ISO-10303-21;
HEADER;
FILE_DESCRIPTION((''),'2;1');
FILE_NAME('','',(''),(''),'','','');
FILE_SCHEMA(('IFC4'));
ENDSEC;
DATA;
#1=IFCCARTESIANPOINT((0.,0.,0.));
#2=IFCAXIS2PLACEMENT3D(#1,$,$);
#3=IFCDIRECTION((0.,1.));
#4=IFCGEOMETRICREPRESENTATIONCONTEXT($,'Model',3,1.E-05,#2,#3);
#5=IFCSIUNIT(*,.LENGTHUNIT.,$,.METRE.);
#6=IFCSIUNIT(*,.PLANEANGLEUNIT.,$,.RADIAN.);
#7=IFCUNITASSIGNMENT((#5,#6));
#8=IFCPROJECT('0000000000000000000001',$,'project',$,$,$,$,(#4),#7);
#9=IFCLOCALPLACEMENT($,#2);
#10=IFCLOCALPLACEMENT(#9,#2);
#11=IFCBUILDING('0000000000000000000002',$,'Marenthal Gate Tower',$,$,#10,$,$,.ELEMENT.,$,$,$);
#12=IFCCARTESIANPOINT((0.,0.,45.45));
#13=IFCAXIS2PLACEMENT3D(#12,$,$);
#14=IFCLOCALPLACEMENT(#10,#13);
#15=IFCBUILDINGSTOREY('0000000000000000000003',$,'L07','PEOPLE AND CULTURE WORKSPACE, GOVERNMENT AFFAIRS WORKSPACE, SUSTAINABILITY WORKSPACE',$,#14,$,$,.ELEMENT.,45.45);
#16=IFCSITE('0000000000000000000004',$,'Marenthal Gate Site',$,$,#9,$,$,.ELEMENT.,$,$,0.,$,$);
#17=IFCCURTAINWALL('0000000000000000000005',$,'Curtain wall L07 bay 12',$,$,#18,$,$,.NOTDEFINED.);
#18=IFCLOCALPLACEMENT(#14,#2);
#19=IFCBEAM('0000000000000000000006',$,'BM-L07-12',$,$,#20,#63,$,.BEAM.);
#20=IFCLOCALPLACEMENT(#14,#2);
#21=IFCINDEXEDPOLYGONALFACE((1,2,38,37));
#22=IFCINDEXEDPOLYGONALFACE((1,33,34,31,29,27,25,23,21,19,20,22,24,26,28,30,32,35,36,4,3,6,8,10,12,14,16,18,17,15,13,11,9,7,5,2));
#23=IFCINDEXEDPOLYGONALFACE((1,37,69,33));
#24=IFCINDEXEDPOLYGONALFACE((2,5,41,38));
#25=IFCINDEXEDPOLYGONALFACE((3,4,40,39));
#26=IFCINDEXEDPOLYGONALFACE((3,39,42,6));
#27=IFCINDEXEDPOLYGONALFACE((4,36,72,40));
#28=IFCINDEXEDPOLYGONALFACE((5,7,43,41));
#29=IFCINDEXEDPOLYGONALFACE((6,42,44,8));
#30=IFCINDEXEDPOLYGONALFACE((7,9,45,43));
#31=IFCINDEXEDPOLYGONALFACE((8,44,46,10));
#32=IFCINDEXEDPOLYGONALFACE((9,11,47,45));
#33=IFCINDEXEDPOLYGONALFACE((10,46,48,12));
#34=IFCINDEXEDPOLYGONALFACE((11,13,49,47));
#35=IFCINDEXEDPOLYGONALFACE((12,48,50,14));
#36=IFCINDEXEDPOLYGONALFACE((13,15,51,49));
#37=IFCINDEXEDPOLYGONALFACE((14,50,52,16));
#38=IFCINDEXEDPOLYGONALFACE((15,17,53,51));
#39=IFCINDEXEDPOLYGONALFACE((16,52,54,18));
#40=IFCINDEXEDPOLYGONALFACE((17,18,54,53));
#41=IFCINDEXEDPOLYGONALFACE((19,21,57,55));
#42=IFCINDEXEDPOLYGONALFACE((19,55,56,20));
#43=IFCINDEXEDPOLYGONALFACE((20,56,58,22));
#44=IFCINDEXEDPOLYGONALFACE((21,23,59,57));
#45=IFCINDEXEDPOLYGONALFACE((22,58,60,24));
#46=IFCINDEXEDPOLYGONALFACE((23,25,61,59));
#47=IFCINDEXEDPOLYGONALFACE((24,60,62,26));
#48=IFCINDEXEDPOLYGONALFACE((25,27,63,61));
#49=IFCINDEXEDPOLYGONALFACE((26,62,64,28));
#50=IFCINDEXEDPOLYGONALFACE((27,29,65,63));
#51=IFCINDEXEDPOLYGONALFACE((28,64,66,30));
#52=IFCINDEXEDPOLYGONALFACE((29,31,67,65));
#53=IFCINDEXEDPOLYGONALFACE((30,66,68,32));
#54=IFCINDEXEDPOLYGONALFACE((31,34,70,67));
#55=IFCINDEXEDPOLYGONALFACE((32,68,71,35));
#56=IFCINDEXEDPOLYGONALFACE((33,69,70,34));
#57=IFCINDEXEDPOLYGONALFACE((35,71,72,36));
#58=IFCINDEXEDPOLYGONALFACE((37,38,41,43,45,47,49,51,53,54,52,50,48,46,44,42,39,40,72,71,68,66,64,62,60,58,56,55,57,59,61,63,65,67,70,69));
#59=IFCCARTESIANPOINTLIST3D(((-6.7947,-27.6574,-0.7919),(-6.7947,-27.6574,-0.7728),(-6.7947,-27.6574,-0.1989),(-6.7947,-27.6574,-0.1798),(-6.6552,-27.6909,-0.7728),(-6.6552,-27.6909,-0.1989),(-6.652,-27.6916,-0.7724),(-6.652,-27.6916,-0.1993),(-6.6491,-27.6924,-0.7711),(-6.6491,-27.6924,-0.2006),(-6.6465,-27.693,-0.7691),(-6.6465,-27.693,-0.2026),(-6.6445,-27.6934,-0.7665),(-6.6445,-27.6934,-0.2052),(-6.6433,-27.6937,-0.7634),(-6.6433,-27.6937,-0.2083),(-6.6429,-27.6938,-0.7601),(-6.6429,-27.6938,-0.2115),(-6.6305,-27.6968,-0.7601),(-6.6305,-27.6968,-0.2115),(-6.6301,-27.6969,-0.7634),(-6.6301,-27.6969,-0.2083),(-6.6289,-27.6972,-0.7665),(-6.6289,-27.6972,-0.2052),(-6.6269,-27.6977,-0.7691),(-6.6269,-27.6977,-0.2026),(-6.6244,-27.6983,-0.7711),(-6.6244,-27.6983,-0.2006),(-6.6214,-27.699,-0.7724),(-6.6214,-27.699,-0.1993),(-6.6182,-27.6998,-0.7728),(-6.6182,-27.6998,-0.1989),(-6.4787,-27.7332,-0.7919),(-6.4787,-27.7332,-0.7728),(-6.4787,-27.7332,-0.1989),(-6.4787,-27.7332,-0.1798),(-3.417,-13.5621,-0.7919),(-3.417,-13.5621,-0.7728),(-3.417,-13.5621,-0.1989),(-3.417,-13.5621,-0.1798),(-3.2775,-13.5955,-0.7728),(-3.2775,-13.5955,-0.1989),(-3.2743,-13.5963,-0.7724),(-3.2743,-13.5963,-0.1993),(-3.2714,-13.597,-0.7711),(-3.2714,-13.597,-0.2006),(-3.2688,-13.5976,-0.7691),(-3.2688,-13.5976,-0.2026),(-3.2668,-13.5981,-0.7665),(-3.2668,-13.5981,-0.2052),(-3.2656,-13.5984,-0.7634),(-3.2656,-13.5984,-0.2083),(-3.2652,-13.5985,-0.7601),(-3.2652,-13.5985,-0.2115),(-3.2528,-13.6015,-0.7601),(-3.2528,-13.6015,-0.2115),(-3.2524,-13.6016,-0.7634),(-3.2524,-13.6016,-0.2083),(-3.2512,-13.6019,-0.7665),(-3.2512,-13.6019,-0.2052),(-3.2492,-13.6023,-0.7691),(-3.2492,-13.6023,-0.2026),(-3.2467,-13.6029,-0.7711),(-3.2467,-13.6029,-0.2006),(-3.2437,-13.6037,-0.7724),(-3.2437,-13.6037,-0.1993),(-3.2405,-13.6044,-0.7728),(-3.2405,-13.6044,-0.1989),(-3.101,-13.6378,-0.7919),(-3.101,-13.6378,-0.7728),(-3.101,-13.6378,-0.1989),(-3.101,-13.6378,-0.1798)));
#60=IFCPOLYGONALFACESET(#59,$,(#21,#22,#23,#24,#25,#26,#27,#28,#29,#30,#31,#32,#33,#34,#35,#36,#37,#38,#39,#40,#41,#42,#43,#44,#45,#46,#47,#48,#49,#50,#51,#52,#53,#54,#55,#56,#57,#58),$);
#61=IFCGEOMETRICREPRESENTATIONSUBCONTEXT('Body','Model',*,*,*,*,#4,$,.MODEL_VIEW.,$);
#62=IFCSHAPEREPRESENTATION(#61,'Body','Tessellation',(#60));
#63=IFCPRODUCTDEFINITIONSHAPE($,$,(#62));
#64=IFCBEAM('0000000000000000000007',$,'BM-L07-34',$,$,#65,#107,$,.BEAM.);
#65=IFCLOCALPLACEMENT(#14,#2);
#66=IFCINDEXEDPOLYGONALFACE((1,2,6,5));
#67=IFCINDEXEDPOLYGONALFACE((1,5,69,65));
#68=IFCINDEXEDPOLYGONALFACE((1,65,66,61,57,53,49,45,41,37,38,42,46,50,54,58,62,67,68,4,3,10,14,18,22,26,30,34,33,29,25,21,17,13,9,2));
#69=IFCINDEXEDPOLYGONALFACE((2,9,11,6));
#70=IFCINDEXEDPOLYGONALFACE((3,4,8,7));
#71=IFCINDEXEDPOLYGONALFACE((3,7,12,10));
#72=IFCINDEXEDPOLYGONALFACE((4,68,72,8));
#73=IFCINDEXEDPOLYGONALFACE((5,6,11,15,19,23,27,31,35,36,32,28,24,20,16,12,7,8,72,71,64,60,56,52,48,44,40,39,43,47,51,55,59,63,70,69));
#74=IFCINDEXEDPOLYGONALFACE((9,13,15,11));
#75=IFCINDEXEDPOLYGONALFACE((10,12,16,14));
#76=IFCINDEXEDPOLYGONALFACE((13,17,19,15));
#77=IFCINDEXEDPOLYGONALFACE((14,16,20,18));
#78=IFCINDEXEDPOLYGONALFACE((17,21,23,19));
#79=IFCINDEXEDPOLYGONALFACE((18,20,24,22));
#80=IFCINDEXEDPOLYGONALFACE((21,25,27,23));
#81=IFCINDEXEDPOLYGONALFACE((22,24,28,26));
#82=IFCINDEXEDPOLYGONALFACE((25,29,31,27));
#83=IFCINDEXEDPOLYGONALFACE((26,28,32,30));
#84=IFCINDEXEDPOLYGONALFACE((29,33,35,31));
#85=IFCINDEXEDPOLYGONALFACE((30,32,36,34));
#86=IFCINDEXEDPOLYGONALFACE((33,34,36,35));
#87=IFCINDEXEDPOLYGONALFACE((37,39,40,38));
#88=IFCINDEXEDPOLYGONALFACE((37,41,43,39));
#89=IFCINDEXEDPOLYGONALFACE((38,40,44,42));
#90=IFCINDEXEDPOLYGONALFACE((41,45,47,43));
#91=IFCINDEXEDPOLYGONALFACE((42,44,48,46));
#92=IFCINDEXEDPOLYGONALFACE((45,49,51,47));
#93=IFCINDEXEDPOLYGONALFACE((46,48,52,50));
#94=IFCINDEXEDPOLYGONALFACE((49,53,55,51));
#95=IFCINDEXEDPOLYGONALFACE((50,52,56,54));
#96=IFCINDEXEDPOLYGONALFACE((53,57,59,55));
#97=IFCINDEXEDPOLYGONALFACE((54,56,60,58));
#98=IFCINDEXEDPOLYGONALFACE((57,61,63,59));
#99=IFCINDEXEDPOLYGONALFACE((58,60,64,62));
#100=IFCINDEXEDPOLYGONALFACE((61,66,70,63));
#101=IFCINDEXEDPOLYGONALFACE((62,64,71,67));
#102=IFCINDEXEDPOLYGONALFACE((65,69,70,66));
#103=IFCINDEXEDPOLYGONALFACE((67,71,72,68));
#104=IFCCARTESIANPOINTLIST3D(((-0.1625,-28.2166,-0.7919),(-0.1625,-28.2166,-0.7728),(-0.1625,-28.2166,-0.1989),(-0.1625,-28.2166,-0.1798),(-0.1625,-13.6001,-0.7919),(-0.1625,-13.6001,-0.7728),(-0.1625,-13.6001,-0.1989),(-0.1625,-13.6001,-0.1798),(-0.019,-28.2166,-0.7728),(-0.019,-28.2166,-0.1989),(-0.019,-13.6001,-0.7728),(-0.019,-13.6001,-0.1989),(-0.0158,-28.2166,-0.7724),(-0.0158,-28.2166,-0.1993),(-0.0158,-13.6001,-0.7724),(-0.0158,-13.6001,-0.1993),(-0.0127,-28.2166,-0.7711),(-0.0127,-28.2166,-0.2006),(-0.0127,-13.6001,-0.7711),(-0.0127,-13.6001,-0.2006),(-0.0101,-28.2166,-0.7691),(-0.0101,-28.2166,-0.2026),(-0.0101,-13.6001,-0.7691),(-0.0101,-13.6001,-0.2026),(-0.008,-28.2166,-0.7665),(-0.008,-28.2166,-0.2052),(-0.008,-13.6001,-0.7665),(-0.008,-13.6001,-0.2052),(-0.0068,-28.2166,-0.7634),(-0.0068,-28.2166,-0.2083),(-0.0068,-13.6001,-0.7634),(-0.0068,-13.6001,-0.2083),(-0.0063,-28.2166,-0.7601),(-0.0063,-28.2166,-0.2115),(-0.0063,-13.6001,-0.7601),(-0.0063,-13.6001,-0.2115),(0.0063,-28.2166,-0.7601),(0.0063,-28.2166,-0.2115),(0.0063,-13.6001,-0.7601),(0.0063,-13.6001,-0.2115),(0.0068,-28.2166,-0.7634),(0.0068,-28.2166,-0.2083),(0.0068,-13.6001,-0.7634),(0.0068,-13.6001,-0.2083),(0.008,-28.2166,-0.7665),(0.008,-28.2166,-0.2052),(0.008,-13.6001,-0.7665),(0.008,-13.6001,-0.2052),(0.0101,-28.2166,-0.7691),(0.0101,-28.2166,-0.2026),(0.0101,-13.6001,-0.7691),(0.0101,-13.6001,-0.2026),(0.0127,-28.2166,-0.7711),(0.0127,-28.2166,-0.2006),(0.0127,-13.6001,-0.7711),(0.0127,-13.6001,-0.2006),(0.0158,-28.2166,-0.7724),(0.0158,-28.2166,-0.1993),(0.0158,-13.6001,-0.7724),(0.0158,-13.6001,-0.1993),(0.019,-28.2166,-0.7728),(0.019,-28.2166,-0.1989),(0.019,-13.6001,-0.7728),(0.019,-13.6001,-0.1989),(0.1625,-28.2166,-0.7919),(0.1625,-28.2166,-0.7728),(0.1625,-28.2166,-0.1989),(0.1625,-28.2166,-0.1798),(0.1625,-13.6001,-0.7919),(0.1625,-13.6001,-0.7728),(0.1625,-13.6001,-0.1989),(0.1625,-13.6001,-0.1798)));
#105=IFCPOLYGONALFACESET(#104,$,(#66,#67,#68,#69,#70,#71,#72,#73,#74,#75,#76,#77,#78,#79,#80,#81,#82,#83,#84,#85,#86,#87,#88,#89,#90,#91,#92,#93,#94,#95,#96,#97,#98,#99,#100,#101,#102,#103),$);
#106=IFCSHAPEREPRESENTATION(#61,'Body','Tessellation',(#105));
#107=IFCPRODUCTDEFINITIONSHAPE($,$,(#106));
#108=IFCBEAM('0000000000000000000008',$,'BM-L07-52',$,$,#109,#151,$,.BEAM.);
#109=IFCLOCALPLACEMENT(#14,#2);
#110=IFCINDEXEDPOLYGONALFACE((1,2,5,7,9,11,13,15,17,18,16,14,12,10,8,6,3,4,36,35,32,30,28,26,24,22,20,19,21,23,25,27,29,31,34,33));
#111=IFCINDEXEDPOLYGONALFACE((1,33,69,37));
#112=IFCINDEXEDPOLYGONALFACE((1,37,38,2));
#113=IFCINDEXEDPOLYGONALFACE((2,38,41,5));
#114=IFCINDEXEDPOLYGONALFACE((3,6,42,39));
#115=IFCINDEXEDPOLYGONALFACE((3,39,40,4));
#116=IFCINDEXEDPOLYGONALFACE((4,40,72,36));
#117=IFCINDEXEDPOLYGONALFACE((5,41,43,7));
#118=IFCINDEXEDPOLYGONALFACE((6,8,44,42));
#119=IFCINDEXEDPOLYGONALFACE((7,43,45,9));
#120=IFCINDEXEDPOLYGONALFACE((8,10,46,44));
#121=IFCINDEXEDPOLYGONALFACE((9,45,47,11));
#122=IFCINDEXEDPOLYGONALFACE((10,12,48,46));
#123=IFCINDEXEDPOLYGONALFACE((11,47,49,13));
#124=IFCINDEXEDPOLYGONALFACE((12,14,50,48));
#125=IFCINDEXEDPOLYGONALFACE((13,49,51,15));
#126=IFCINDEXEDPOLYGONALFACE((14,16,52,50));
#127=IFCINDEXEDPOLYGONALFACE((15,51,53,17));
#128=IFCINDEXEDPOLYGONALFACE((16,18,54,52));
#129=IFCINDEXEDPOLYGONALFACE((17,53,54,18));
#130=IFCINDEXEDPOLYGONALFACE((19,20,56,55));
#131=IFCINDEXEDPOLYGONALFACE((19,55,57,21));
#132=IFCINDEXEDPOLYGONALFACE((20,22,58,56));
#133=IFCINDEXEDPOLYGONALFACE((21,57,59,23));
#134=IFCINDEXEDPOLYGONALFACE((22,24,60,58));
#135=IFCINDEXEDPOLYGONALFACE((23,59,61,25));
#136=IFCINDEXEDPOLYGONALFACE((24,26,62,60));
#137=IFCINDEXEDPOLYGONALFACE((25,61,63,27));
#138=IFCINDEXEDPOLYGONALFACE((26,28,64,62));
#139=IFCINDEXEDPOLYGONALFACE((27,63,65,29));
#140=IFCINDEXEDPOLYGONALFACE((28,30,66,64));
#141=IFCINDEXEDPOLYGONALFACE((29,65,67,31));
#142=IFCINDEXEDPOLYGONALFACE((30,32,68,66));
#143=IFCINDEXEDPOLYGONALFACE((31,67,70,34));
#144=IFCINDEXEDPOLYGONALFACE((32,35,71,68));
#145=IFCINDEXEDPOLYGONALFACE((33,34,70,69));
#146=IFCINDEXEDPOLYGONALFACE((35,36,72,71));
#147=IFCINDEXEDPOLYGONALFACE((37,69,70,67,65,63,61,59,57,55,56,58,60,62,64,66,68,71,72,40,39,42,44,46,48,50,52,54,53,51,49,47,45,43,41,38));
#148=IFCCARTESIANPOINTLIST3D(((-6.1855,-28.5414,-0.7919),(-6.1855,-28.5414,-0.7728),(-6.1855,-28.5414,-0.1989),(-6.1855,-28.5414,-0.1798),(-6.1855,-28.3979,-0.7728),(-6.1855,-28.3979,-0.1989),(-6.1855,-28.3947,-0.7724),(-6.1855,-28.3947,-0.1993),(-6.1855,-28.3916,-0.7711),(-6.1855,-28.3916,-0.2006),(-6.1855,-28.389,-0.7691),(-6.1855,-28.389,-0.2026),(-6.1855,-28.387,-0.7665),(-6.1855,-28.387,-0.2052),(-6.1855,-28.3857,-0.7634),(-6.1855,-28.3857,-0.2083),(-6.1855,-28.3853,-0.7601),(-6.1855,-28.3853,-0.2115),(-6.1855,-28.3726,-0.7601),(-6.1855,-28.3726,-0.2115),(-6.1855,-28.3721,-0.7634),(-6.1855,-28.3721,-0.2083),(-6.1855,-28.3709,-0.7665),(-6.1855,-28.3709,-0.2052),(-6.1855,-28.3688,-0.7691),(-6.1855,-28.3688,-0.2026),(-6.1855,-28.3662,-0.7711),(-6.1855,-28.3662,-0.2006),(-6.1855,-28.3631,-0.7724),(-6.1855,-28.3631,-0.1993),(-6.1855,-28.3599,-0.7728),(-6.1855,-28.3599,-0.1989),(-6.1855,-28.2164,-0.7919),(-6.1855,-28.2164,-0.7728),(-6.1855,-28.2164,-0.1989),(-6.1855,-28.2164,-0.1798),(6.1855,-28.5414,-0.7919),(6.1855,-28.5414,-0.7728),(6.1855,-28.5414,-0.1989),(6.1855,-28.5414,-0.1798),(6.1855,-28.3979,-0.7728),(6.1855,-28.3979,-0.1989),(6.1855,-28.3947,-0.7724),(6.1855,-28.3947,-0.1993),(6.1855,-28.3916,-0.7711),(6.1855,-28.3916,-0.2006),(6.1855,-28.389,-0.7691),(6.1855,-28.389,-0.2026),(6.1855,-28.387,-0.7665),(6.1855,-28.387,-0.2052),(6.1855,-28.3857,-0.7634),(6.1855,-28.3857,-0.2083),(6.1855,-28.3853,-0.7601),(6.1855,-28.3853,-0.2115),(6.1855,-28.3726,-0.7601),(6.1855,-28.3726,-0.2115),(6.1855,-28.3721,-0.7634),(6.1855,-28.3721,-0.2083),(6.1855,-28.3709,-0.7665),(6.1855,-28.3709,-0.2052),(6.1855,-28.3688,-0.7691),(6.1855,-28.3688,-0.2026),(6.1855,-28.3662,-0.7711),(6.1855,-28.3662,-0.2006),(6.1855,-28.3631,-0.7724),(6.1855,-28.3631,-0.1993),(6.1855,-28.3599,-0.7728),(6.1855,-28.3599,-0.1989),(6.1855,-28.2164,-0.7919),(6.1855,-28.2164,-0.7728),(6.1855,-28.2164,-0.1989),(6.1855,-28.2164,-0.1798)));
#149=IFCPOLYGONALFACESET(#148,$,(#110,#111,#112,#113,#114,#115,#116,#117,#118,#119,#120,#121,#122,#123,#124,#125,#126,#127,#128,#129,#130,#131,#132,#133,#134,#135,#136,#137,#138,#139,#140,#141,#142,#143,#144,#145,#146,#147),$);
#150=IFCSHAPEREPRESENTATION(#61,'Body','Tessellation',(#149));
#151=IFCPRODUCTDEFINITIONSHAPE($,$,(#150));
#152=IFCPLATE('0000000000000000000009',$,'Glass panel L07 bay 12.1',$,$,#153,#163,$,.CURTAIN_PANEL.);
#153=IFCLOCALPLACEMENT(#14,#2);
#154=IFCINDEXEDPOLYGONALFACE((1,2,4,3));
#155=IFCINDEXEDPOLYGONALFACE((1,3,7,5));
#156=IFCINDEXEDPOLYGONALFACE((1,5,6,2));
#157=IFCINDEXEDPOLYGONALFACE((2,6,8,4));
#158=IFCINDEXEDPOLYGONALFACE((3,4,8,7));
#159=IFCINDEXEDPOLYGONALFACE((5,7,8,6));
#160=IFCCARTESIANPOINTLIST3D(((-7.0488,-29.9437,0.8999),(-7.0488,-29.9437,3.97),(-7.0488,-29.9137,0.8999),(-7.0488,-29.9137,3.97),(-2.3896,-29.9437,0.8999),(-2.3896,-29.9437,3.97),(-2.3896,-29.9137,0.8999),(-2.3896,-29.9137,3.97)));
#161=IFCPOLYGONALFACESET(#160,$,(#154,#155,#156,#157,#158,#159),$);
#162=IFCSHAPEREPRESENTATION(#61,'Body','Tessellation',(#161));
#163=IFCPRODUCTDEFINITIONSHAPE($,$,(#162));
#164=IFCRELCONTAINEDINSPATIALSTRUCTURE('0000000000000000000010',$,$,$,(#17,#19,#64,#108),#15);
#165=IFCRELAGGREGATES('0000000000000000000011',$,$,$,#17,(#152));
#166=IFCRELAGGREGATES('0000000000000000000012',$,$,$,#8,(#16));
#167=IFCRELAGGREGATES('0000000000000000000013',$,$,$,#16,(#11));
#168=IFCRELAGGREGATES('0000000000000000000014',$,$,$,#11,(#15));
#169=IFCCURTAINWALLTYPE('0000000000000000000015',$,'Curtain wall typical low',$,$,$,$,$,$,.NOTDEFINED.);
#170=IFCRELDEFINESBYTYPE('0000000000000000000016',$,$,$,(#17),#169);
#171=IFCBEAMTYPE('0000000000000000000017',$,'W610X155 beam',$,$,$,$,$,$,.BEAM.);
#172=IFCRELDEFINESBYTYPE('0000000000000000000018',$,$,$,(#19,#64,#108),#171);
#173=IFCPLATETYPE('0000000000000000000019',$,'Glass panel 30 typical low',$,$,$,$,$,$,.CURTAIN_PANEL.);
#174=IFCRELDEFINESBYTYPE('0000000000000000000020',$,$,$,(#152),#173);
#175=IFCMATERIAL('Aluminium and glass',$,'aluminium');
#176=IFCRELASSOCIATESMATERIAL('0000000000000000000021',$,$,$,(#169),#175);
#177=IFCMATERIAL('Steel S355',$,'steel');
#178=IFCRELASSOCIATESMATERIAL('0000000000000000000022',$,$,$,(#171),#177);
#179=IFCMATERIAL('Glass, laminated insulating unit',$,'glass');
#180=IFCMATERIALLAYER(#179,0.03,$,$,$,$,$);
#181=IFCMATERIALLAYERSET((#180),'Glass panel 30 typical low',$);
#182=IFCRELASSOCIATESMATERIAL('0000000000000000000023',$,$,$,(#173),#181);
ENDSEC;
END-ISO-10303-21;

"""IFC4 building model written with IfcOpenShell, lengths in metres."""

from ifc_helpers import new_model, si_unit, direction, frame, origin, origin_2d, place, context, subcontext, project, spatial, rectangle, i_section, extrude, material, layer, layer_set, material_profile, profile_set, type_object, element, aggregate, save


model = new_model("IFC4")

# Units and contexts
model_context = context("Model", 3, precision=1e-05, world=origin(), true_north=direction((0.0, 1.0)))
body_context = subcontext(model_context, "Body", "Model", "MODEL_VIEW")
ifc_project = project(units=[si_unit("LENGTHUNIT", "METRE"), si_unit("PLANEANGLEUNIT", "RADIAN")], contexts=[model_context])

# Site, building, storey
site_placement = place(None, origin())
site = spatial("IfcSite", under=ifc_project, at=site_placement, Name="Marenthal Gate Site", CompositionType="ELEMENT", RefElevation=0.0)
building_placement = place(site_placement, origin())
building = spatial("IfcBuilding", under=site, at=building_placement, Name="Marenthal Gate Tower", CompositionType="ELEMENT")
storey_placement = place(building_placement, frame((0.0, 0.0, 45.45)))
storey = spatial("IfcBuildingStorey", under=building, at=storey_placement, Name="L07", Description="PEOPLE AND CULTURE WORKSPACE, GOVERNMENT AFFAIRS WORKSPACE, SUSTAINABILITY WORKSPACE", CompositionType="ELEMENT", Elevation=45.45)

# Curtain wall
ifc_material_1 = material(Name="Aluminium and glass", Category="aluminium")
curtain_wall_type = type_object("IfcCurtainWallType", Name="Curtain wall typical low", PredefinedType="NOTDEFINED", material=ifc_material_1)
curtain_wall_placement = place(storey_placement, origin())
curtain_wall = element("IfcCurtainWall", 1, at=curtain_wall_placement, inside=storey, type_object=curtain_wall_type, Name="Curtain wall L07 bay 12", PredefinedType="NOTDEFINED")

# Beams
ifc_material_2 = material(Name="Steel S355", Category="steel")
ifc_material_profile_1 = material_profile(ifc_material_2, i_section(OverallWidth=0.325, OverallDepth=0.6121, WebThickness=0.0127, FlangeThickness=0.019, FilletRadius=0.0127, at=origin_2d()), Name="W610X155")
ifc_profile_set_1 = profile_set([ifc_material_profile_1], Name="Steel S355")
beam_type_1 = type_object("IfcBeamType", Name="W610X155 beam", PredefinedType="BEAM", material=ifc_profile_set_1)
beam_1_placement = place(storey_placement, frame((-6.6367, -27.6953, -0.4858), z_axis=(0.233036, 0.972468, 0.0), x_axis=(-0.972468, 0.233036, 0.0)))
element("IfcBeam", 2, at=beam_1_placement, inside=storey, type_object=beam_type_1, Name="BM-L07-12", PredefinedType="BEAM", context=body_context, shape_type="SweptSolid", body=[
    extrude(i_section(OverallWidth=0.325, OverallDepth=0.6121, WebThickness=0.0127, FlangeThickness=0.019, FilletRadius=0.0127, at=origin_2d()), origin(), (0.0, 0.0, 1.0), 14.4944),
])
beam_2_placement = place(storey_placement, frame((0.0, -28.2166, -0.4858), z_axis=(0.0, 1.0, 0.0), x_axis=(-1.0, 0.0, 0.0)))
element("IfcBeam", 3, at=beam_2_placement, inside=storey, type_object=beam_type_1, Name="BM-L07-34", PredefinedType="BEAM", context=body_context, shape_type="SweptSolid", body=[
    extrude(i_section(OverallWidth=0.325, OverallDepth=0.6121, WebThickness=0.0127, FlangeThickness=0.019, FilletRadius=0.0127, at=origin_2d()), origin(), (0.0, 0.0, 1.0), 14.6165),
])
beam_3_placement = place(storey_placement, frame((-6.1855, -28.3789, -0.4858), z_axis=(1.0, 0.0, 0.0), x_axis=(0.0, 1.0, 0.0)))
element("IfcBeam", 4, at=beam_3_placement, inside=storey, type_object=beam_type_1, Name="BM-L07-52", PredefinedType="BEAM", context=body_context, shape_type="SweptSolid", body=[
    extrude(i_section(OverallWidth=0.325, OverallDepth=0.6121, WebThickness=0.0127, FlangeThickness=0.019, FilletRadius=0.0127, at=origin_2d()), origin(), (0.0, 0.0, 1.0), 12.3711),
])

# Plate
ifc_material_3 = material(Name="Glass, laminated insulating unit", Category="glass")
ifc_layer_1 = layer(ifc_material_3, 0.03)
ifc_layer_set_1 = layer_set([ifc_layer_1], Name="Glass panel 30 typical low")
plate_type = type_object("IfcPlateType", Name="Glass panel 30 typical low", PredefinedType="CURTAIN_PANEL", material=ifc_layer_set_1)
plate_placement = place(storey_placement, frame((-4.7192, -29.9287, 0.8999), z_axis=(0.0, 0.0, 1.0), x_axis=(1.0, 0.0, 0.0)))
plate = element("IfcPlate", 5, at=plate_placement, type_object=plate_type, Name="Glass panel L07 bay 12.1", PredefinedType="CURTAIN_PANEL", context=body_context, shape_type="SweptSolid", body=[
    extrude(rectangle(XDim=4.6592, YDim=0.03, at=origin_2d()), origin(), (0.0, 0.0, 1.0), 3.0701),
])
aggregate(curtain_wall, [plate])

save(model, "model.ifc")
